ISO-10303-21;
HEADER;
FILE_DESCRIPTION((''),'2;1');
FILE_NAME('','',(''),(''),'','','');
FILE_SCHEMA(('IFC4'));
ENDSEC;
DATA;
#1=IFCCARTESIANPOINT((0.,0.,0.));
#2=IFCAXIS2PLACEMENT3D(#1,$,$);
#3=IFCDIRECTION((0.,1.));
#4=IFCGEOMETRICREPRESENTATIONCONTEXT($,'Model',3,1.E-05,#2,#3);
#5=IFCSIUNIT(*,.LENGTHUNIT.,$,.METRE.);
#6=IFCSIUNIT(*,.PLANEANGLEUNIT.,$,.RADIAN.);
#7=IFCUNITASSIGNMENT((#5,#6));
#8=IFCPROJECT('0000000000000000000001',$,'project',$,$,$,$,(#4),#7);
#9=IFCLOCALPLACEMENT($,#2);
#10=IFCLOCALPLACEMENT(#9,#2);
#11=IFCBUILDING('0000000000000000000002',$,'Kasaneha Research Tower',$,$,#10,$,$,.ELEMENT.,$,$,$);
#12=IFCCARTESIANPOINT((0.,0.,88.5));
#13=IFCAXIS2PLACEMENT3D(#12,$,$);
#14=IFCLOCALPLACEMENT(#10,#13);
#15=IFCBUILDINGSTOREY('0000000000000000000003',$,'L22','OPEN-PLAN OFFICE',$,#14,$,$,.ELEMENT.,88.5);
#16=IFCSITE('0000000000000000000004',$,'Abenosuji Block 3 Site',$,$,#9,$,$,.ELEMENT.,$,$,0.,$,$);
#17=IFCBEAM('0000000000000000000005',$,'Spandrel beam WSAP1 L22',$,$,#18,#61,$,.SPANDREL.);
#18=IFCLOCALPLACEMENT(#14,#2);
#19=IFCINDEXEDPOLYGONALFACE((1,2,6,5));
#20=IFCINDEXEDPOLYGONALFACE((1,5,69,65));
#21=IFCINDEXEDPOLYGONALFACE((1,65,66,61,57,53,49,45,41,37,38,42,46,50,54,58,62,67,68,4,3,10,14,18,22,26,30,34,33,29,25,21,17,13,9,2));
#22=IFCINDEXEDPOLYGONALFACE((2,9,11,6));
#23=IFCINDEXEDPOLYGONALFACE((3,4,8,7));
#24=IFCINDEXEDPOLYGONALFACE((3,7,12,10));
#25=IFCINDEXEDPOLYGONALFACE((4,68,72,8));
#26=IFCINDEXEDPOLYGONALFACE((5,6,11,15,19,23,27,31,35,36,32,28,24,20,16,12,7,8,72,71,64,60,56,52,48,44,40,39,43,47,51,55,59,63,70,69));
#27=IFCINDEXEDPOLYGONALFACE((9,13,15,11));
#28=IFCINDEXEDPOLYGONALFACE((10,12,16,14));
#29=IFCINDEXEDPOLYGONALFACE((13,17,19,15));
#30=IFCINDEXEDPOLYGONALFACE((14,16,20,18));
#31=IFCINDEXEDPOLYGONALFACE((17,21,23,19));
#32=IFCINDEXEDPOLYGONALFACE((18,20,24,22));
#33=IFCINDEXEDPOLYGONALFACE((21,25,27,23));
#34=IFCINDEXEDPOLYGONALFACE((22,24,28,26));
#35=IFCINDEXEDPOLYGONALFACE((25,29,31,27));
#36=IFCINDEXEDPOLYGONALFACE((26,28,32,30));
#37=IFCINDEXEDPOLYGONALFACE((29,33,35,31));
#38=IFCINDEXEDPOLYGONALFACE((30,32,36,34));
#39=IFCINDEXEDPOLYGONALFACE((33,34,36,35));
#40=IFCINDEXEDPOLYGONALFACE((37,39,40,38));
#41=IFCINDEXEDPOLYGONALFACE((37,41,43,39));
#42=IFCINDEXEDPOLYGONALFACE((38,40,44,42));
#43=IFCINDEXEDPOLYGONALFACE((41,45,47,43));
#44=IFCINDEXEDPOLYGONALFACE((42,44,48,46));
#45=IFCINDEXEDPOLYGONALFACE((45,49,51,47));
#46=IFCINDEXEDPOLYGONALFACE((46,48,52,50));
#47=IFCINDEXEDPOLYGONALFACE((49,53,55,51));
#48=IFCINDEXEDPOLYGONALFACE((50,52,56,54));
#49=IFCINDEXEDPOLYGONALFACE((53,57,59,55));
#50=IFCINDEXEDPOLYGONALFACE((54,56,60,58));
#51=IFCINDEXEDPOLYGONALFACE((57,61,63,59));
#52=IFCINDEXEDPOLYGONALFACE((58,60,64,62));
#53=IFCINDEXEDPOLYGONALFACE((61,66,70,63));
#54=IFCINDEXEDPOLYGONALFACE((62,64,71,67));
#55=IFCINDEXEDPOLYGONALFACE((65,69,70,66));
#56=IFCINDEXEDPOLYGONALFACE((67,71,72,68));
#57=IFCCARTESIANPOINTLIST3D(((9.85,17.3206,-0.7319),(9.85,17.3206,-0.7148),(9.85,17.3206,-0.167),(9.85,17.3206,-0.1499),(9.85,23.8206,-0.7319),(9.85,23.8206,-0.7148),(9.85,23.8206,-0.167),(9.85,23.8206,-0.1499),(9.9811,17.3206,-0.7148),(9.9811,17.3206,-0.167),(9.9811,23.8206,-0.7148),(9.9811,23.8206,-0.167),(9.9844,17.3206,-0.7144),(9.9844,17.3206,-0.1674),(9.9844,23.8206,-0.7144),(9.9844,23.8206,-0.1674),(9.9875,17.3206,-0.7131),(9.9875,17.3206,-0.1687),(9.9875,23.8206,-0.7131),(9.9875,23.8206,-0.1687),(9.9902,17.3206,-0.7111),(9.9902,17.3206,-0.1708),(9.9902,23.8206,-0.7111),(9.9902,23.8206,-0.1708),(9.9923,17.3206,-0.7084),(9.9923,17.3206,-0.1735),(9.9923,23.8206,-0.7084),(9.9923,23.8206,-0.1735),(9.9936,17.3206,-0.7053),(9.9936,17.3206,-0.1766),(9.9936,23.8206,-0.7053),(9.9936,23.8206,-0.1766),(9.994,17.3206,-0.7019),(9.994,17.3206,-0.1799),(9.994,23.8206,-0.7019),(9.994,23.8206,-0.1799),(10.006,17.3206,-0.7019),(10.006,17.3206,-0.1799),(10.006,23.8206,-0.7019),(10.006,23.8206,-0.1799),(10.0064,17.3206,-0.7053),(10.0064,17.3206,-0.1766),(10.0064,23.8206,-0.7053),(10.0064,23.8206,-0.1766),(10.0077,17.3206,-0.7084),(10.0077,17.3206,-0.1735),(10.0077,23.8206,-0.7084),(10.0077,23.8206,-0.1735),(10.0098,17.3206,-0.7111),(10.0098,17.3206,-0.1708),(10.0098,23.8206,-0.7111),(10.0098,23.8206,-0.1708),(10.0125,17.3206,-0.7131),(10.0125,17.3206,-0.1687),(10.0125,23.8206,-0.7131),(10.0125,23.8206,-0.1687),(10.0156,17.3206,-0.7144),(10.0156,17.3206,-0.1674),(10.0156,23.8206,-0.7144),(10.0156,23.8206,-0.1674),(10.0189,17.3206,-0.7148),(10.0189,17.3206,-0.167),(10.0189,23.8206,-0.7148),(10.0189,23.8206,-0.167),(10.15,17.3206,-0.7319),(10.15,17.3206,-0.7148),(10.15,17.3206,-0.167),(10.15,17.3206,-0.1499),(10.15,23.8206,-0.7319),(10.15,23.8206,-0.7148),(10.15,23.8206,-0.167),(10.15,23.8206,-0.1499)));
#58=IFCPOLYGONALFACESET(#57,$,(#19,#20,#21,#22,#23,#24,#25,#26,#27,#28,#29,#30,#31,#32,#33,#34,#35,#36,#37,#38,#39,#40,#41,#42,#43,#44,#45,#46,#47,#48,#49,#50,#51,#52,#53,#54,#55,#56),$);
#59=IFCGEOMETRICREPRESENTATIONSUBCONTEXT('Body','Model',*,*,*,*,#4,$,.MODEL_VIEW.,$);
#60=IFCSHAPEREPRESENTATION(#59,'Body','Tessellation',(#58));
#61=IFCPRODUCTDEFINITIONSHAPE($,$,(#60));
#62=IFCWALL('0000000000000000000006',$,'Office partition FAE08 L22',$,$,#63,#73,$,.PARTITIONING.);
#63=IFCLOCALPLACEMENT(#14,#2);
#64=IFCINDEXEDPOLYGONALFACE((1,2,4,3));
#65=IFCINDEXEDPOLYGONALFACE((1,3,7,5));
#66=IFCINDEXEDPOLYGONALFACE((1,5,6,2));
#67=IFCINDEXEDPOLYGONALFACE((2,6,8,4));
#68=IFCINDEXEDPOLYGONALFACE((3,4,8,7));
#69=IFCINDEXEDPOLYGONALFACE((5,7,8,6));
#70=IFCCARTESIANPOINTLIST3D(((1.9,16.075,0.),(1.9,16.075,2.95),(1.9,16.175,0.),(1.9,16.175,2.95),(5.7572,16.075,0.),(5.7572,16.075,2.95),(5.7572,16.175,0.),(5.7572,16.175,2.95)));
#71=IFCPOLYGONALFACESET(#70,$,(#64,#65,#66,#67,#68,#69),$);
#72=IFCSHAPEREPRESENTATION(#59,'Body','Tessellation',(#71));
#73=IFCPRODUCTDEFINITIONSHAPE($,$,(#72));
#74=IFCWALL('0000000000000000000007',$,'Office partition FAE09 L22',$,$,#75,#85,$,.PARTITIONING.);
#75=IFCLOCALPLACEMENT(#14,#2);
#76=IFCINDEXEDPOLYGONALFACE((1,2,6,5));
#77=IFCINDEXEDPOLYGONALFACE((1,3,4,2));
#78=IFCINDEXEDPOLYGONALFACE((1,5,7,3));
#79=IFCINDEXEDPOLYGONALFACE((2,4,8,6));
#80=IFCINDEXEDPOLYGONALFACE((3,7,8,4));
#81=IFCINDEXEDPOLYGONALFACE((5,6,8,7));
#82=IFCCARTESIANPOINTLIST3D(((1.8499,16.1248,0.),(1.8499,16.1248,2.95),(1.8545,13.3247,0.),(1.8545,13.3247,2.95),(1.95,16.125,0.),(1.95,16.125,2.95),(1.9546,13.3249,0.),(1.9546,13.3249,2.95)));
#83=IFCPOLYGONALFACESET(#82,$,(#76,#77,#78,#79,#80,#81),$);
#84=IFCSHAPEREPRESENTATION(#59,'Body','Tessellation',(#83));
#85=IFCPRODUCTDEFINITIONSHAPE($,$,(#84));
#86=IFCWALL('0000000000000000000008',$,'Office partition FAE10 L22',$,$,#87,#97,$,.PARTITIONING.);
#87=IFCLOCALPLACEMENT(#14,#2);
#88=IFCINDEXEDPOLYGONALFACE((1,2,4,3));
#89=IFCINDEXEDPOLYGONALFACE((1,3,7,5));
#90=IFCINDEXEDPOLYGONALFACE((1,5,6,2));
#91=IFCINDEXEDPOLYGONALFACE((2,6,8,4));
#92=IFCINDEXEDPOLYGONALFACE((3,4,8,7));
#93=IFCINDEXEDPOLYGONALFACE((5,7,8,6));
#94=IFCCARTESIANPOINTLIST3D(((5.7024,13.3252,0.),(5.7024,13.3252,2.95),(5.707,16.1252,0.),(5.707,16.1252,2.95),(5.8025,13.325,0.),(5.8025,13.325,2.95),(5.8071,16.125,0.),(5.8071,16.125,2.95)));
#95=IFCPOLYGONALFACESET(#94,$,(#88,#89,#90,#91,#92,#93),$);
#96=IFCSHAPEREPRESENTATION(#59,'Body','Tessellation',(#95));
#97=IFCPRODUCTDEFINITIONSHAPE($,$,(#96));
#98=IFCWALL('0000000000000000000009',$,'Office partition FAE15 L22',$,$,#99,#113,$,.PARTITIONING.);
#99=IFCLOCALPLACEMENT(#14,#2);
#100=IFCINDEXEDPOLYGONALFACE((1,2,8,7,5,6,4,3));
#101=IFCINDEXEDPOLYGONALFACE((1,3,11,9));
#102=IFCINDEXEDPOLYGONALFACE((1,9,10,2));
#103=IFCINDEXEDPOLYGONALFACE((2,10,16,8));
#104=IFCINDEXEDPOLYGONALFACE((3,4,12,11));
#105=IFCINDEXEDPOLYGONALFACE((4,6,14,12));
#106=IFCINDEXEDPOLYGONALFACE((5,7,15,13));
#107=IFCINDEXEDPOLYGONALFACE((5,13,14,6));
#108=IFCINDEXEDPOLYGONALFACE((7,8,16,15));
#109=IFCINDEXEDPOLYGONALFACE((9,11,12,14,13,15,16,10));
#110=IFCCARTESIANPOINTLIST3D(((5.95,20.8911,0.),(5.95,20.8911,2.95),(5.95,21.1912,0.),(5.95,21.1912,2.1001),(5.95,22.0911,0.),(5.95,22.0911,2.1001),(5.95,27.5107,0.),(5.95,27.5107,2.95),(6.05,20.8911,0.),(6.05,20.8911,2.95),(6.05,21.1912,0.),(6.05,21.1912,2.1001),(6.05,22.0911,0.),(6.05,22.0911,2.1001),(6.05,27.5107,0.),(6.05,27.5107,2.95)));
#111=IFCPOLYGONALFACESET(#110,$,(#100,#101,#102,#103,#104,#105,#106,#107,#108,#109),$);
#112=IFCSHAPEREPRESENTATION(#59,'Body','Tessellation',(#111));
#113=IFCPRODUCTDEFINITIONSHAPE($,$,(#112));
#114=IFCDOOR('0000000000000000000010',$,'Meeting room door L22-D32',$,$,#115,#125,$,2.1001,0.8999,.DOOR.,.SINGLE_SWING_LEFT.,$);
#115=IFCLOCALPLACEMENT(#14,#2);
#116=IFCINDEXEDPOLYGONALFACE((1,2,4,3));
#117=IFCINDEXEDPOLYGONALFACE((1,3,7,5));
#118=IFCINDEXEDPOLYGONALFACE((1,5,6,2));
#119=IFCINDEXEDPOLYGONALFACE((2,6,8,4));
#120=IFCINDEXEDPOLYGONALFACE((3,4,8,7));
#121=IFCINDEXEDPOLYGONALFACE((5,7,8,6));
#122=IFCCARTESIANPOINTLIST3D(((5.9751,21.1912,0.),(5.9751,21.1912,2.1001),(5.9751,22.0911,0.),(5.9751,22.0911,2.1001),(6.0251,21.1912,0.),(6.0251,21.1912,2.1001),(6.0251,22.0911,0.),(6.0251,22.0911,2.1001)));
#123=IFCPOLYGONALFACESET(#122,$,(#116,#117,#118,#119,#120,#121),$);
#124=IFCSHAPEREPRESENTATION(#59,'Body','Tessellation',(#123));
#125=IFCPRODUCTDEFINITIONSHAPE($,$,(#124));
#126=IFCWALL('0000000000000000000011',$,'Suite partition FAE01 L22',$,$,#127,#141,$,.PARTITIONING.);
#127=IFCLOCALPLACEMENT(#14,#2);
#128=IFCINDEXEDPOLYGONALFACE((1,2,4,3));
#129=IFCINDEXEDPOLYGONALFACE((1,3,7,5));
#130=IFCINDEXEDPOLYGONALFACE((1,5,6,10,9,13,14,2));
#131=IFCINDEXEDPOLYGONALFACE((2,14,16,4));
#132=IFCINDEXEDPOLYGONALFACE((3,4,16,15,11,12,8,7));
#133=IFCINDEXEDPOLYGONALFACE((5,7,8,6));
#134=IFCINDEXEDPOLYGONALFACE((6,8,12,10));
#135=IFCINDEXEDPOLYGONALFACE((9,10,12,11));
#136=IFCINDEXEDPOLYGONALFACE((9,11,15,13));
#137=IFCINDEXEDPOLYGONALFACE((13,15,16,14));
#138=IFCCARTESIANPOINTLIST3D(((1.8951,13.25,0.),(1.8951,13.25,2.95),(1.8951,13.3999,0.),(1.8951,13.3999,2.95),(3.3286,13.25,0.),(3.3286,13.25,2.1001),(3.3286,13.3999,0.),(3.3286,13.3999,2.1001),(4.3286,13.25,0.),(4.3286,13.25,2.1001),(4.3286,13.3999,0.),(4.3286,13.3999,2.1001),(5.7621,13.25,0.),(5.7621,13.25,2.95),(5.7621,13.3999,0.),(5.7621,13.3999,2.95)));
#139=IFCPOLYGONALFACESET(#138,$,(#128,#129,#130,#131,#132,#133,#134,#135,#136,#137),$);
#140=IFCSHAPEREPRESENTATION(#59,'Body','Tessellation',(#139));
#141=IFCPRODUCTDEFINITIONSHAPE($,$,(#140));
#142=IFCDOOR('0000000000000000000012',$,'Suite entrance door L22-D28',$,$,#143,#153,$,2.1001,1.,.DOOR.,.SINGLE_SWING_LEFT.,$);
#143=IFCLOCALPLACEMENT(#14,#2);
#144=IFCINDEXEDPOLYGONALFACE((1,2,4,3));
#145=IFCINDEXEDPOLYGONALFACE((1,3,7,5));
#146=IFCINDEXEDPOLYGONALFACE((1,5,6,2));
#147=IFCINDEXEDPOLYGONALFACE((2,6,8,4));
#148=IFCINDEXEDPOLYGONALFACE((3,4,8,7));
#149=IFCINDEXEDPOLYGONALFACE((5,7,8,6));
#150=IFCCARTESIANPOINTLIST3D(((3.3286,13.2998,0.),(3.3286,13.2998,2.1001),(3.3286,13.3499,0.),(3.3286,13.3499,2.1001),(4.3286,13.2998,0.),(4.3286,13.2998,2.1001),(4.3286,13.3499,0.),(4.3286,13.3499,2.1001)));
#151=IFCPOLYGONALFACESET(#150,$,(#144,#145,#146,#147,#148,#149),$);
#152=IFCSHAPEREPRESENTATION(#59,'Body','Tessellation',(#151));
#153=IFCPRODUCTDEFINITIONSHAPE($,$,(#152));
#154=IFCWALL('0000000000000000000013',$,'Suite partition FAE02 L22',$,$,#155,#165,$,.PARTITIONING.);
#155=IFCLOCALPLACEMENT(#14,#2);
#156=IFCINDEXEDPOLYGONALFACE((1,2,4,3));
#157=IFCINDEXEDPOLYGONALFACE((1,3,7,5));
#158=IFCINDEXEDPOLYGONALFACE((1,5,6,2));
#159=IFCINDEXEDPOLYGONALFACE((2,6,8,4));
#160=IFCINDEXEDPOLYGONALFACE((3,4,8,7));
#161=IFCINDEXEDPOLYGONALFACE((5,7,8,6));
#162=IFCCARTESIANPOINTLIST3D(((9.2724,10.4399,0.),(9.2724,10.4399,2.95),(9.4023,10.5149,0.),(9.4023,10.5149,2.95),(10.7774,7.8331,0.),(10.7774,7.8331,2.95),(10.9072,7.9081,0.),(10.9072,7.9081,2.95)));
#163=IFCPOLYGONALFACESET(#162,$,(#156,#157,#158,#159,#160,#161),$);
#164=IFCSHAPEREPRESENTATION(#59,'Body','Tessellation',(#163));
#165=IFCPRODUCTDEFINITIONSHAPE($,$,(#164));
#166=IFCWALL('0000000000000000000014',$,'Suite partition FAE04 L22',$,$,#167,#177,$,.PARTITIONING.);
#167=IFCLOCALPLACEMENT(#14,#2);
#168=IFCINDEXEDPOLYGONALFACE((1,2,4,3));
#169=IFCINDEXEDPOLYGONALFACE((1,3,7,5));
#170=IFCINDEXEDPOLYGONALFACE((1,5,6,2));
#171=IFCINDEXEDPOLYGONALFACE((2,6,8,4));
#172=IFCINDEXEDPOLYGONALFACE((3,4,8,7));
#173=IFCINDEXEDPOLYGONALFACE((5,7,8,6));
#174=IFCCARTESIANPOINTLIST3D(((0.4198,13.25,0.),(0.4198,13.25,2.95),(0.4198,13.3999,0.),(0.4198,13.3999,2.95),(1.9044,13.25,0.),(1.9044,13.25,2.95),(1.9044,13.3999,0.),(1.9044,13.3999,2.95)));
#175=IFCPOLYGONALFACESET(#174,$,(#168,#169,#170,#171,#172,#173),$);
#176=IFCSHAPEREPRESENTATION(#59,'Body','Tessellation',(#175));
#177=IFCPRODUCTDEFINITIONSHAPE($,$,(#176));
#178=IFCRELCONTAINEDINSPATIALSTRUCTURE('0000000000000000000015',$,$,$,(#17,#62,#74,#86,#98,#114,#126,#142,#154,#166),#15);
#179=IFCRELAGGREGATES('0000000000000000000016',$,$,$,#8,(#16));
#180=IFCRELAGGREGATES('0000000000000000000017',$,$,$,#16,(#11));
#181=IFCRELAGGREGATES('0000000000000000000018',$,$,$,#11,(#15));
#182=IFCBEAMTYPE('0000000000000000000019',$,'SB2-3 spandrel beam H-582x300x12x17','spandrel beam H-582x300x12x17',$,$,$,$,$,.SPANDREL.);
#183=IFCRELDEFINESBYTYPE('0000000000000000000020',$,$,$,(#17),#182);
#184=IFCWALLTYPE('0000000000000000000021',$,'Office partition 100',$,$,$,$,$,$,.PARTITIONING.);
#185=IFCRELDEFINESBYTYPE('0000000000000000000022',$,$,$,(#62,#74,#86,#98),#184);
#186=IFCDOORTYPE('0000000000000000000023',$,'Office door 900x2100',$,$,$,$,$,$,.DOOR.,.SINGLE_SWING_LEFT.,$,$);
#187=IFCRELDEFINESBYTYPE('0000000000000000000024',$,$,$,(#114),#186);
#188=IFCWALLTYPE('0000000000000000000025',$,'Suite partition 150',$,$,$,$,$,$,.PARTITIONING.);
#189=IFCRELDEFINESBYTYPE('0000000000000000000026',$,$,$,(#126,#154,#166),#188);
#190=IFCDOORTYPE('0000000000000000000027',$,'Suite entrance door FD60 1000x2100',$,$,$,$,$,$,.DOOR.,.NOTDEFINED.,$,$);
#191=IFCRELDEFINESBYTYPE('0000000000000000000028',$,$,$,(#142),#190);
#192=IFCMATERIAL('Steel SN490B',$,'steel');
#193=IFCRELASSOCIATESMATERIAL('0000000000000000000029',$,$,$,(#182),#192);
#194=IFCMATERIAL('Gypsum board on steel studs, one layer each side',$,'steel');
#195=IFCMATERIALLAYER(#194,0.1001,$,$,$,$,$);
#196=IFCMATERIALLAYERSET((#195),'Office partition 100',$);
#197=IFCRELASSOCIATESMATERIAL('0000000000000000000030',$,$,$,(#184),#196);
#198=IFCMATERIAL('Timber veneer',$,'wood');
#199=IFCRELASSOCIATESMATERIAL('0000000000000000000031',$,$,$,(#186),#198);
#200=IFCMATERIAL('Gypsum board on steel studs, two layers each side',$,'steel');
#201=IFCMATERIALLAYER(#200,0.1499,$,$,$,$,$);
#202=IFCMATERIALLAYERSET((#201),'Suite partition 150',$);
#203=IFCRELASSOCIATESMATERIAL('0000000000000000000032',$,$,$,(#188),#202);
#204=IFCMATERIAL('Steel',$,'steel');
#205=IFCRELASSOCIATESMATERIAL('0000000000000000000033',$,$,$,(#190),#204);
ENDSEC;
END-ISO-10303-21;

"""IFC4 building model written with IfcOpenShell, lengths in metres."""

from ifc_helpers import new_model, si_unit, direction, frame, frame_2d, origin, origin_2d, place, context, subcontext, project, spatial, rectangle, i_section, extrude, material, layer, layer_set, material_profile, profile_set, type_object, element, fill, save


model = new_model("IFC4")

# Units and contexts
model_context = context("Model", 3, precision=1e-05, world=origin(), true_north=direction((0.0, 1.0)))
body_context = subcontext(model_context, "Body", "Model", "MODEL_VIEW")
ifc_project = project(units=[si_unit("LENGTHUNIT", "METRE"), si_unit("PLANEANGLEUNIT", "RADIAN")], contexts=[model_context])

# Site, building, storey
site_placement = place(None, origin())
site = spatial("IfcSite", under=ifc_project, at=site_placement, Name="Abenosuji Block 3 Site", CompositionType="ELEMENT", RefElevation=0.0)
building_placement = place(site_placement, origin())
building = spatial("IfcBuilding", under=site, at=building_placement, Name="Kasaneha Research Tower", CompositionType="ELEMENT")
storey_placement = place(building_placement, frame((0.0, 0.0, 88.5)))
storey = spatial("IfcBuildingStorey", under=building, at=storey_placement, Name="L22", Description="OPEN-PLAN OFFICE", CompositionType="ELEMENT", Elevation=88.5)

# Beam
ifc_material_1 = material(Name="Steel SN490B", Category="steel")
ifc_material_profile_1 = material_profile(ifc_material_1, i_section(OverallWidth=0.3, OverallDepth=0.582, WebThickness=0.012, FlangeThickness=0.0171, FilletRadius=0.0129, at=origin_2d()), Name="H-582x300x12x17")
ifc_profile_set_1 = profile_set([ifc_material_profile_1], Name="Steel SN490B")
beam_type_1 = type_object("IfcBeamType", Name="SB2-3 spandrel beam H-582x300x12x17", Description="spandrel beam H-582x300x12x17", PredefinedType="SPANDREL", material=ifc_profile_set_1)
beam_1_placement = place(storey_placement, frame((10.0, 17.3206, -0.4409), z_axis=(0.0, 1.0, 0.0), x_axis=(-1.0, 0.0, 0.0)))
element("IfcBeam", 1, at=beam_1_placement, inside=storey, type_object=beam_type_1, Name="Spandrel beam WSAP1 L22", PredefinedType="SPANDREL", context=body_context, shape_type="SweptSolid", body=[
    extrude(i_section(OverallWidth=0.3, OverallDepth=0.582, WebThickness=0.012, FlangeThickness=0.0171, FilletRadius=0.0129, at=origin_2d()), origin(), (0.0, 0.0, 1.0), 6.5),
])

# Walls
ifc_material_2 = material(Name="Gypsum board on steel studs, one layer each side", Category="steel")
ifc_layer_1 = layer(ifc_material_2, 0.1001)
ifc_layer_set_1 = layer_set([ifc_layer_1], Name="Office partition 100")
wall_type_1 = type_object("IfcWallType", Name="Office partition 100", PredefinedType="PARTITIONING", material=ifc_layer_set_1)
wall_1_placement = place(storey_placement, frame((1.8999, 16.125, 0.0), z_axis=(0.0, 0.0, 1.0), x_axis=(1.0, 0.0, 0.0)))
element("IfcWall", 2, at=wall_1_placement, inside=storey, type_object=wall_type_1, Name="Office partition FAE08 L22", PredefinedType="PARTITIONING", context=body_context, shape_type="SweptSolid", body=[
    extrude(rectangle(XDim=3.8572, YDim=0.1001, at=frame_2d((1.9287, 0.0))), origin(), (0.0, 0.0, 1.0), 2.95),
])
for number, where, z_axis, x_axis, name in (
    (3, (1.9045, 13.325, 0.0), (0.0, 0.0, 1.0), (-0.001657, 0.999999, 0.0), "Office partition FAE09 L22"),
    (4, (5.7571, 16.125, 0.0), (0.0, 0.0, 1.0), (-0.001657, -0.999999, 0.0), "Office partition FAE10 L22"),
):
    element("IfcWall", number, at=place(storey_placement, frame(where, z_axis=z_axis, x_axis=x_axis)), inside=storey, type_object=wall_type_1, Name=name, PredefinedType="PARTITIONING", context=body_context, shape_type="SweptSolid", body=[
        extrude(rectangle(XDim=2.8, YDim=0.1001, at=frame_2d((1.3999, 0.0))), origin(), (0.0, 0.0, 1.0), 2.95),
    ])

# Walls, openings, doors
wall_2_placement = place(storey_placement, frame((6.0, 20.8911, 0.0), z_axis=(0.0, 0.0, 1.0), x_axis=(0.0, 1.0, 0.0)))
wall_2 = element("IfcWall", 5, at=wall_2_placement, inside=storey, type_object=wall_type_1, Name="Office partition FAE15 L22", PredefinedType="PARTITIONING", context=body_context, shape_type="SweptSolid", body=[
    extrude(rectangle(XDim=6.6196, YDim=0.1001, at=frame_2d((3.3098, 0.0))), origin(), (0.0, 0.0, 1.0), 2.95),
])
opening_1_placement = place(wall_2_placement, frame((0.3, 0.0, 0.0)))
opening_1 = element("IfcOpeningElement", 6, at=opening_1_placement, cuts=wall_2, PredefinedType="OPENING", context=body_context, shape_type="SweptSolid", body=[
    extrude(rectangle(XDim=0.8999, YDim=2.1001, at=frame_2d((0.45, 1.05))), frame((0.0, 0.0601, 0.0), z_axis=(0.0, -1.0, 0.0), x_axis=(1.0, 0.0, 0.0)), (0.0, 0.0, 1.0), 0.1201),
])
ifc_material_3 = material(Name="Timber veneer", Category="wood")
door_type_1 = type_object("IfcDoorType", Name="Office door 900x2100", OperationType="SINGLE_SWING_LEFT", PredefinedType="DOOR", material=ifc_material_3)
door_1_placement = place(opening_1_placement, origin())
door_1 = element("IfcDoor", 7, at=door_1_placement, inside=storey, type_object=door_type_1, Name="Meeting room door L22-D32", OperationType="SINGLE_SWING_LEFT", OverallHeight=2.1001, OverallWidth=0.8999, PredefinedType="DOOR", context=body_context, shape_type="SweptSolid", body=[
    extrude(rectangle(XDim=0.8999, YDim=2.1001, at=frame_2d((0.45, 1.05))), frame((0.0, 0.0249, 0.0), z_axis=(0.0, -1.0, 0.0), x_axis=(1.0, 0.0, 0.0)), (0.0, 0.0, 1.0), 0.05),
])
fill(opening_1, door_1)
ifc_material_4 = material(Name="Gypsum board on steel studs, two layers each side", Category="steel")
ifc_layer_2 = layer(ifc_material_4, 0.1499)
ifc_layer_set_2 = layer_set([ifc_layer_2], Name="Suite partition 150")
wall_type_2 = type_object("IfcWallType", Name="Suite partition 150", PredefinedType="PARTITIONING", material=ifc_layer_set_2)
wall_3_placement = place(storey_placement, frame((1.895, 13.325, 0.0), z_axis=(0.0, 0.0, 1.0), x_axis=(1.0, 0.0, 0.0)))
wall_3 = element("IfcWall", 8, at=wall_3_placement, inside=storey, type_object=wall_type_2, Name="Suite partition FAE01 L22", PredefinedType="PARTITIONING", context=body_context, shape_type="SweptSolid", body=[
    extrude(rectangle(XDim=3.8669, YDim=0.1499, at=frame_2d((1.9336, 0.0))), origin(), (0.0, 0.0, 1.0), 2.95),
])
opening_2_placement = place(wall_3_placement, frame((1.4336, 0.0, 0.0)))
opening_2 = element("IfcOpeningElement", 9, at=opening_2_placement, cuts=wall_3, PredefinedType="OPENING", context=body_context, shape_type="SweptSolid", body=[
    extrude(rectangle(XDim=1.0, YDim=2.1001, at=frame_2d((0.5, 1.05))), frame((0.0, 0.085, 0.0), z_axis=(0.0, -1.0, 0.0), x_axis=(1.0, 0.0, 0.0)), (0.0, 0.0, 1.0), 0.1699),
])
ifc_material_5 = material(Name="Steel", Category="steel")
door_type_2 = type_object("IfcDoorType", Name="Suite entrance door FD60 1000x2100", OperationType="NOTDEFINED", PredefinedType="DOOR", material=ifc_material_5)
door_2_placement = place(opening_2_placement, origin())
door_2 = element("IfcDoor", 10, at=door_2_placement, inside=storey, type_object=door_type_2, Name="Suite entrance door L22-D28", OperationType="SINGLE_SWING_LEFT", OverallHeight=2.1001, OverallWidth=1.0, PredefinedType="DOOR", context=body_context, shape_type="SweptSolid", body=[
    extrude(rectangle(XDim=1.0, YDim=2.1001, at=frame_2d((0.5, 1.05))), frame((0.0, 0.0249, 0.0), z_axis=(0.0, -1.0, 0.0), x_axis=(1.0, 0.0, 0.0)), (0.0, 0.0, 1.0), 0.05),
])
fill(opening_2, door_2)

# Walls
wall_4_placement = place(storey_placement, frame((9.3374, 10.4773, 0.0), z_axis=(0.0, 0.0, 1.0), x_axis=(0.499978, -0.866038, 0.0)))
element("IfcWall", 11, at=wall_4_placement, inside=storey, type_object=wall_type_2, Name="Suite partition FAE02 L22", PredefinedType="PARTITIONING", context=body_context, shape_type="SweptSolid", body=[
    extrude(rectangle(XDim=3.01, YDim=0.1499, at=frame_2d((1.5049, 0.0))), origin(), (0.0, 0.0, 1.0), 2.95),
])
wall_5_placement = place(storey_placement, frame((0.4199, 13.325, 0.0), z_axis=(0.0, 0.0, 1.0), x_axis=(1.0, 0.0, 0.0)))
element("IfcWall", 12, at=wall_5_placement, inside=storey, type_object=wall_type_2, Name="Suite partition FAE04 L22", PredefinedType="PARTITIONING", context=body_context, shape_type="SweptSolid", body=[
    extrude(rectangle(XDim=1.4846, YDim=0.1499, at=frame_2d((0.7422, 0.0))), origin(), (0.0, 0.0, 1.0), 2.95),
])

save(model, "model.ifc")
